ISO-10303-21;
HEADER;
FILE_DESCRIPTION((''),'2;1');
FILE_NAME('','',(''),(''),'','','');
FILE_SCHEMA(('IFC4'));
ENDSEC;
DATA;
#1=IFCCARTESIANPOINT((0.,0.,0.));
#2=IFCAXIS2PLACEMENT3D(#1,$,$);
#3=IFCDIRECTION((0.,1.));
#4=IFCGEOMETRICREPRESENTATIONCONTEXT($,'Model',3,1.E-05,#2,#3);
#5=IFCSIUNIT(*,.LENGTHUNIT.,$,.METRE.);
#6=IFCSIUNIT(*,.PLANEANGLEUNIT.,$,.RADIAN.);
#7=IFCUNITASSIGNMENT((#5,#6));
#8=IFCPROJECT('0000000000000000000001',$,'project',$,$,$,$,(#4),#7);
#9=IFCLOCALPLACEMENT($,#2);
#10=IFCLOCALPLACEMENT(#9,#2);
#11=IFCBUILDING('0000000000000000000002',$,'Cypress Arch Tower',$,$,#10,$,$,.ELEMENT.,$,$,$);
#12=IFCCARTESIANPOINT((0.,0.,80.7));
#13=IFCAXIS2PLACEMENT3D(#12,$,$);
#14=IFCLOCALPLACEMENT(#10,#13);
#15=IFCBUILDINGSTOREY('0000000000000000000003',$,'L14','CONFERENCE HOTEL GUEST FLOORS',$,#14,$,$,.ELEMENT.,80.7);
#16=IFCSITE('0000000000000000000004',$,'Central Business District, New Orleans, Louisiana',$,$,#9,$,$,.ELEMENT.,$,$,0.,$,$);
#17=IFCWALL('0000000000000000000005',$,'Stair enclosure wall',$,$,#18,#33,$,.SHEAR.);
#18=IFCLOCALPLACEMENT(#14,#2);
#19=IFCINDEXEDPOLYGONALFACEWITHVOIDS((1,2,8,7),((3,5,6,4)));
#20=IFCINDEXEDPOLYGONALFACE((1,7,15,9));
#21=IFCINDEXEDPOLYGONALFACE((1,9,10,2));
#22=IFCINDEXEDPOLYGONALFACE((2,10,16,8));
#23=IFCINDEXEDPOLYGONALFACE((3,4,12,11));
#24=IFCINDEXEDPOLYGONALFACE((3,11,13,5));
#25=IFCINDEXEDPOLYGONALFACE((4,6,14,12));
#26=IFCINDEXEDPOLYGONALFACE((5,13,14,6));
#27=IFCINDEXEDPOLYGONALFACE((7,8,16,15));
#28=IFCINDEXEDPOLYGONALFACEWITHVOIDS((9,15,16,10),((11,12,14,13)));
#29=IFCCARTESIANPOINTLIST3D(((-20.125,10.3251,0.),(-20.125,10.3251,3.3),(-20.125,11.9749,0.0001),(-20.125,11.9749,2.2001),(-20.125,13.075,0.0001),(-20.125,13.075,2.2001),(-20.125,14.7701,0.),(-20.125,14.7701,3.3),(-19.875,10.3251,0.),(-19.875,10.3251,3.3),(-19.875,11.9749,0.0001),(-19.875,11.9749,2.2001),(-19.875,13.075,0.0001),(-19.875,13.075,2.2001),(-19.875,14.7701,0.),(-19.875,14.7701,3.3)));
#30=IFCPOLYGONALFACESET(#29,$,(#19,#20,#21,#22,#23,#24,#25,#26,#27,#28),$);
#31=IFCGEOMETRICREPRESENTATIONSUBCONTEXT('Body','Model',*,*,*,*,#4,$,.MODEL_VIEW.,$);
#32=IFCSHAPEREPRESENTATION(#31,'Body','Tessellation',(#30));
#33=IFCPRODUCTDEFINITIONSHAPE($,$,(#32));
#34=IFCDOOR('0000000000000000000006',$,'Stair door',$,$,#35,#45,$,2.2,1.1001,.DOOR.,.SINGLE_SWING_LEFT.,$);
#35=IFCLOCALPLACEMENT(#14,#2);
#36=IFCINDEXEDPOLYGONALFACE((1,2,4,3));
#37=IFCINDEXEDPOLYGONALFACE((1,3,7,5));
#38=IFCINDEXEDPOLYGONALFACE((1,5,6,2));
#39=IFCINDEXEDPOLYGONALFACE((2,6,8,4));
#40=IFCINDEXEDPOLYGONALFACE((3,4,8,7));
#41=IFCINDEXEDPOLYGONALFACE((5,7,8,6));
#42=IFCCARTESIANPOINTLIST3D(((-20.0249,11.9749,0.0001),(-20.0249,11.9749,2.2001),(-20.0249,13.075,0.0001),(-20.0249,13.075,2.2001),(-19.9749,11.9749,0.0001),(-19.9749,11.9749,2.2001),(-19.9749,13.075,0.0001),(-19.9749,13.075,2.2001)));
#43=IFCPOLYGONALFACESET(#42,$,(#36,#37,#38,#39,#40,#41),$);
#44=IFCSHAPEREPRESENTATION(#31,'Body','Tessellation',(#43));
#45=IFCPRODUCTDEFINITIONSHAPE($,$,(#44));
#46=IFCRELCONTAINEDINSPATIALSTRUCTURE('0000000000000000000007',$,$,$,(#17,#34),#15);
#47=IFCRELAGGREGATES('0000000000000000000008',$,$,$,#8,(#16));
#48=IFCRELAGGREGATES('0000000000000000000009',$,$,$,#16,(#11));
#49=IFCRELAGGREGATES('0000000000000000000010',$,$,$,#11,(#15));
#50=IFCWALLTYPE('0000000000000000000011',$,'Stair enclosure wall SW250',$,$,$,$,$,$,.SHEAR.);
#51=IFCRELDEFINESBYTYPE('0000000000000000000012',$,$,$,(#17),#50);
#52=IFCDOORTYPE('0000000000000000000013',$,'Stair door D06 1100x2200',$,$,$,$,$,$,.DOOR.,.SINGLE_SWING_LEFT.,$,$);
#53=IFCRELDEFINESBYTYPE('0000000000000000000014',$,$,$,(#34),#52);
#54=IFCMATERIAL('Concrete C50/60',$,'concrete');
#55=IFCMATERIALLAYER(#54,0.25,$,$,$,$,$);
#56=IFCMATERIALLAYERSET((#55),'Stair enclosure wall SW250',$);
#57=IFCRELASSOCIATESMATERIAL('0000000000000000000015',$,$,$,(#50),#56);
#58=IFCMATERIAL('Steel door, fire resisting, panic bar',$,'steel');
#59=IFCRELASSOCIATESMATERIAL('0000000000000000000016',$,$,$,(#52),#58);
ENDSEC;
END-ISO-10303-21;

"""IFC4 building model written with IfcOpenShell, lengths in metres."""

from ifc_helpers import new_model, si_unit, direction, frame, frame_2d, origin, place, context, subcontext, project, spatial, rectangle, extrude, material, layer, layer_set, type_object, element, fill, save


model = new_model("IFC4")

# Units and contexts
model_context = context("Model", 3, precision=1e-05, world=origin(), true_north=direction((0.0, 1.0)))
body_context = subcontext(model_context, "Body", "Model", "MODEL_VIEW")
ifc_project = project(units=[si_unit("LENGTHUNIT", "METRE"), si_unit("PLANEANGLEUNIT", "RADIAN")], contexts=[model_context])

# Site, building, storey
site_placement = place(None, origin())
site = spatial("IfcSite", under=ifc_project, at=site_placement, Name="Central Business District, New Orleans, Louisiana", CompositionType="ELEMENT", RefElevation=0.0)
building_placement = place(site_placement, origin())
building = spatial("IfcBuilding", under=site, at=building_placement, Name="Cypress Arch Tower", CompositionType="ELEMENT")
storey_placement = place(building_placement, frame((0.0, 0.0, 80.7)))
storey = spatial("IfcBuildingStorey", under=building, at=storey_placement, Name="L14", Description="CONFERENCE HOTEL GUEST FLOORS", CompositionType="ELEMENT", Elevation=80.7)

# Wall, opening, door
ifc_material_1 = material(Name="Concrete C50/60", Category="concrete")
ifc_layer_1 = layer(ifc_material_1, 0.25)
ifc_layer_set_1 = layer_set([ifc_layer_1], Name="Stair enclosure wall SW250")
wall_type_1 = type_object("IfcWallType", Name="Stair enclosure wall SW250", PredefinedType="SHEAR", material=ifc_layer_set_1)
wall_1_placement = place(storey_placement, frame((-20.0, 10.325, 0.0), z_axis=(0.0, 0.0, 1.0), x_axis=(0.0, 1.0, 0.0)))
wall_1 = element("IfcWall", 1, at=wall_1_placement, inside=storey, type_object=wall_type_1, Name="Stair enclosure wall", PredefinedType="SHEAR", context=body_context, shape_type="SweptSolid", body=[
    extrude(rectangle(XDim=4.4451, YDim=0.25, at=frame_2d((2.2227, 0.0))), origin(), (0.0, 0.0, 1.0), 3.3),
])
opening_1_placement = place(wall_1_placement, frame((1.6499, 0.0, 0.0)))
opening_1 = element("IfcOpeningElement", 2, at=opening_1_placement, cuts=wall_1, PredefinedType="OPENING", context=body_context, shape_type="SweptSolid", body=[
    extrude(rectangle(XDim=1.1001, YDim=2.2, at=frame_2d((0.55, 1.1001))), frame((0.0, 0.135, 0.0), z_axis=(0.0, -1.0, 0.0), x_axis=(1.0, 0.0, 0.0)), (0.0, 0.0, 1.0), 0.27),
])
ifc_material_2 = material(Name="Steel door, fire resisting, panic bar", Category="steel")
door_type_1 = type_object("IfcDoorType", Name="Stair door D06 1100x2200", OperationType="SINGLE_SWING_LEFT", PredefinedType="DOOR", material=ifc_material_2)
door_1_placement = place(opening_1_placement, origin())
door_1 = element("IfcDoor", 3, at=door_1_placement, inside=storey, type_object=door_type_1, Name="Stair door", OperationType="SINGLE_SWING_LEFT", OverallHeight=2.2, OverallWidth=1.1001, PredefinedType="DOOR", context=body_context, shape_type="SweptSolid", body=[
    extrude(rectangle(XDim=1.1001, YDim=2.2, at=frame_2d((0.55, 1.1001))), frame((0.0, 0.0249, 0.0), z_axis=(0.0, -1.0, 0.0), x_axis=(1.0, 0.0, 0.0)), (0.0, 0.0, 1.0), 0.05),
])
fill(opening_1, door_1)

save(model, "model.ifc")
